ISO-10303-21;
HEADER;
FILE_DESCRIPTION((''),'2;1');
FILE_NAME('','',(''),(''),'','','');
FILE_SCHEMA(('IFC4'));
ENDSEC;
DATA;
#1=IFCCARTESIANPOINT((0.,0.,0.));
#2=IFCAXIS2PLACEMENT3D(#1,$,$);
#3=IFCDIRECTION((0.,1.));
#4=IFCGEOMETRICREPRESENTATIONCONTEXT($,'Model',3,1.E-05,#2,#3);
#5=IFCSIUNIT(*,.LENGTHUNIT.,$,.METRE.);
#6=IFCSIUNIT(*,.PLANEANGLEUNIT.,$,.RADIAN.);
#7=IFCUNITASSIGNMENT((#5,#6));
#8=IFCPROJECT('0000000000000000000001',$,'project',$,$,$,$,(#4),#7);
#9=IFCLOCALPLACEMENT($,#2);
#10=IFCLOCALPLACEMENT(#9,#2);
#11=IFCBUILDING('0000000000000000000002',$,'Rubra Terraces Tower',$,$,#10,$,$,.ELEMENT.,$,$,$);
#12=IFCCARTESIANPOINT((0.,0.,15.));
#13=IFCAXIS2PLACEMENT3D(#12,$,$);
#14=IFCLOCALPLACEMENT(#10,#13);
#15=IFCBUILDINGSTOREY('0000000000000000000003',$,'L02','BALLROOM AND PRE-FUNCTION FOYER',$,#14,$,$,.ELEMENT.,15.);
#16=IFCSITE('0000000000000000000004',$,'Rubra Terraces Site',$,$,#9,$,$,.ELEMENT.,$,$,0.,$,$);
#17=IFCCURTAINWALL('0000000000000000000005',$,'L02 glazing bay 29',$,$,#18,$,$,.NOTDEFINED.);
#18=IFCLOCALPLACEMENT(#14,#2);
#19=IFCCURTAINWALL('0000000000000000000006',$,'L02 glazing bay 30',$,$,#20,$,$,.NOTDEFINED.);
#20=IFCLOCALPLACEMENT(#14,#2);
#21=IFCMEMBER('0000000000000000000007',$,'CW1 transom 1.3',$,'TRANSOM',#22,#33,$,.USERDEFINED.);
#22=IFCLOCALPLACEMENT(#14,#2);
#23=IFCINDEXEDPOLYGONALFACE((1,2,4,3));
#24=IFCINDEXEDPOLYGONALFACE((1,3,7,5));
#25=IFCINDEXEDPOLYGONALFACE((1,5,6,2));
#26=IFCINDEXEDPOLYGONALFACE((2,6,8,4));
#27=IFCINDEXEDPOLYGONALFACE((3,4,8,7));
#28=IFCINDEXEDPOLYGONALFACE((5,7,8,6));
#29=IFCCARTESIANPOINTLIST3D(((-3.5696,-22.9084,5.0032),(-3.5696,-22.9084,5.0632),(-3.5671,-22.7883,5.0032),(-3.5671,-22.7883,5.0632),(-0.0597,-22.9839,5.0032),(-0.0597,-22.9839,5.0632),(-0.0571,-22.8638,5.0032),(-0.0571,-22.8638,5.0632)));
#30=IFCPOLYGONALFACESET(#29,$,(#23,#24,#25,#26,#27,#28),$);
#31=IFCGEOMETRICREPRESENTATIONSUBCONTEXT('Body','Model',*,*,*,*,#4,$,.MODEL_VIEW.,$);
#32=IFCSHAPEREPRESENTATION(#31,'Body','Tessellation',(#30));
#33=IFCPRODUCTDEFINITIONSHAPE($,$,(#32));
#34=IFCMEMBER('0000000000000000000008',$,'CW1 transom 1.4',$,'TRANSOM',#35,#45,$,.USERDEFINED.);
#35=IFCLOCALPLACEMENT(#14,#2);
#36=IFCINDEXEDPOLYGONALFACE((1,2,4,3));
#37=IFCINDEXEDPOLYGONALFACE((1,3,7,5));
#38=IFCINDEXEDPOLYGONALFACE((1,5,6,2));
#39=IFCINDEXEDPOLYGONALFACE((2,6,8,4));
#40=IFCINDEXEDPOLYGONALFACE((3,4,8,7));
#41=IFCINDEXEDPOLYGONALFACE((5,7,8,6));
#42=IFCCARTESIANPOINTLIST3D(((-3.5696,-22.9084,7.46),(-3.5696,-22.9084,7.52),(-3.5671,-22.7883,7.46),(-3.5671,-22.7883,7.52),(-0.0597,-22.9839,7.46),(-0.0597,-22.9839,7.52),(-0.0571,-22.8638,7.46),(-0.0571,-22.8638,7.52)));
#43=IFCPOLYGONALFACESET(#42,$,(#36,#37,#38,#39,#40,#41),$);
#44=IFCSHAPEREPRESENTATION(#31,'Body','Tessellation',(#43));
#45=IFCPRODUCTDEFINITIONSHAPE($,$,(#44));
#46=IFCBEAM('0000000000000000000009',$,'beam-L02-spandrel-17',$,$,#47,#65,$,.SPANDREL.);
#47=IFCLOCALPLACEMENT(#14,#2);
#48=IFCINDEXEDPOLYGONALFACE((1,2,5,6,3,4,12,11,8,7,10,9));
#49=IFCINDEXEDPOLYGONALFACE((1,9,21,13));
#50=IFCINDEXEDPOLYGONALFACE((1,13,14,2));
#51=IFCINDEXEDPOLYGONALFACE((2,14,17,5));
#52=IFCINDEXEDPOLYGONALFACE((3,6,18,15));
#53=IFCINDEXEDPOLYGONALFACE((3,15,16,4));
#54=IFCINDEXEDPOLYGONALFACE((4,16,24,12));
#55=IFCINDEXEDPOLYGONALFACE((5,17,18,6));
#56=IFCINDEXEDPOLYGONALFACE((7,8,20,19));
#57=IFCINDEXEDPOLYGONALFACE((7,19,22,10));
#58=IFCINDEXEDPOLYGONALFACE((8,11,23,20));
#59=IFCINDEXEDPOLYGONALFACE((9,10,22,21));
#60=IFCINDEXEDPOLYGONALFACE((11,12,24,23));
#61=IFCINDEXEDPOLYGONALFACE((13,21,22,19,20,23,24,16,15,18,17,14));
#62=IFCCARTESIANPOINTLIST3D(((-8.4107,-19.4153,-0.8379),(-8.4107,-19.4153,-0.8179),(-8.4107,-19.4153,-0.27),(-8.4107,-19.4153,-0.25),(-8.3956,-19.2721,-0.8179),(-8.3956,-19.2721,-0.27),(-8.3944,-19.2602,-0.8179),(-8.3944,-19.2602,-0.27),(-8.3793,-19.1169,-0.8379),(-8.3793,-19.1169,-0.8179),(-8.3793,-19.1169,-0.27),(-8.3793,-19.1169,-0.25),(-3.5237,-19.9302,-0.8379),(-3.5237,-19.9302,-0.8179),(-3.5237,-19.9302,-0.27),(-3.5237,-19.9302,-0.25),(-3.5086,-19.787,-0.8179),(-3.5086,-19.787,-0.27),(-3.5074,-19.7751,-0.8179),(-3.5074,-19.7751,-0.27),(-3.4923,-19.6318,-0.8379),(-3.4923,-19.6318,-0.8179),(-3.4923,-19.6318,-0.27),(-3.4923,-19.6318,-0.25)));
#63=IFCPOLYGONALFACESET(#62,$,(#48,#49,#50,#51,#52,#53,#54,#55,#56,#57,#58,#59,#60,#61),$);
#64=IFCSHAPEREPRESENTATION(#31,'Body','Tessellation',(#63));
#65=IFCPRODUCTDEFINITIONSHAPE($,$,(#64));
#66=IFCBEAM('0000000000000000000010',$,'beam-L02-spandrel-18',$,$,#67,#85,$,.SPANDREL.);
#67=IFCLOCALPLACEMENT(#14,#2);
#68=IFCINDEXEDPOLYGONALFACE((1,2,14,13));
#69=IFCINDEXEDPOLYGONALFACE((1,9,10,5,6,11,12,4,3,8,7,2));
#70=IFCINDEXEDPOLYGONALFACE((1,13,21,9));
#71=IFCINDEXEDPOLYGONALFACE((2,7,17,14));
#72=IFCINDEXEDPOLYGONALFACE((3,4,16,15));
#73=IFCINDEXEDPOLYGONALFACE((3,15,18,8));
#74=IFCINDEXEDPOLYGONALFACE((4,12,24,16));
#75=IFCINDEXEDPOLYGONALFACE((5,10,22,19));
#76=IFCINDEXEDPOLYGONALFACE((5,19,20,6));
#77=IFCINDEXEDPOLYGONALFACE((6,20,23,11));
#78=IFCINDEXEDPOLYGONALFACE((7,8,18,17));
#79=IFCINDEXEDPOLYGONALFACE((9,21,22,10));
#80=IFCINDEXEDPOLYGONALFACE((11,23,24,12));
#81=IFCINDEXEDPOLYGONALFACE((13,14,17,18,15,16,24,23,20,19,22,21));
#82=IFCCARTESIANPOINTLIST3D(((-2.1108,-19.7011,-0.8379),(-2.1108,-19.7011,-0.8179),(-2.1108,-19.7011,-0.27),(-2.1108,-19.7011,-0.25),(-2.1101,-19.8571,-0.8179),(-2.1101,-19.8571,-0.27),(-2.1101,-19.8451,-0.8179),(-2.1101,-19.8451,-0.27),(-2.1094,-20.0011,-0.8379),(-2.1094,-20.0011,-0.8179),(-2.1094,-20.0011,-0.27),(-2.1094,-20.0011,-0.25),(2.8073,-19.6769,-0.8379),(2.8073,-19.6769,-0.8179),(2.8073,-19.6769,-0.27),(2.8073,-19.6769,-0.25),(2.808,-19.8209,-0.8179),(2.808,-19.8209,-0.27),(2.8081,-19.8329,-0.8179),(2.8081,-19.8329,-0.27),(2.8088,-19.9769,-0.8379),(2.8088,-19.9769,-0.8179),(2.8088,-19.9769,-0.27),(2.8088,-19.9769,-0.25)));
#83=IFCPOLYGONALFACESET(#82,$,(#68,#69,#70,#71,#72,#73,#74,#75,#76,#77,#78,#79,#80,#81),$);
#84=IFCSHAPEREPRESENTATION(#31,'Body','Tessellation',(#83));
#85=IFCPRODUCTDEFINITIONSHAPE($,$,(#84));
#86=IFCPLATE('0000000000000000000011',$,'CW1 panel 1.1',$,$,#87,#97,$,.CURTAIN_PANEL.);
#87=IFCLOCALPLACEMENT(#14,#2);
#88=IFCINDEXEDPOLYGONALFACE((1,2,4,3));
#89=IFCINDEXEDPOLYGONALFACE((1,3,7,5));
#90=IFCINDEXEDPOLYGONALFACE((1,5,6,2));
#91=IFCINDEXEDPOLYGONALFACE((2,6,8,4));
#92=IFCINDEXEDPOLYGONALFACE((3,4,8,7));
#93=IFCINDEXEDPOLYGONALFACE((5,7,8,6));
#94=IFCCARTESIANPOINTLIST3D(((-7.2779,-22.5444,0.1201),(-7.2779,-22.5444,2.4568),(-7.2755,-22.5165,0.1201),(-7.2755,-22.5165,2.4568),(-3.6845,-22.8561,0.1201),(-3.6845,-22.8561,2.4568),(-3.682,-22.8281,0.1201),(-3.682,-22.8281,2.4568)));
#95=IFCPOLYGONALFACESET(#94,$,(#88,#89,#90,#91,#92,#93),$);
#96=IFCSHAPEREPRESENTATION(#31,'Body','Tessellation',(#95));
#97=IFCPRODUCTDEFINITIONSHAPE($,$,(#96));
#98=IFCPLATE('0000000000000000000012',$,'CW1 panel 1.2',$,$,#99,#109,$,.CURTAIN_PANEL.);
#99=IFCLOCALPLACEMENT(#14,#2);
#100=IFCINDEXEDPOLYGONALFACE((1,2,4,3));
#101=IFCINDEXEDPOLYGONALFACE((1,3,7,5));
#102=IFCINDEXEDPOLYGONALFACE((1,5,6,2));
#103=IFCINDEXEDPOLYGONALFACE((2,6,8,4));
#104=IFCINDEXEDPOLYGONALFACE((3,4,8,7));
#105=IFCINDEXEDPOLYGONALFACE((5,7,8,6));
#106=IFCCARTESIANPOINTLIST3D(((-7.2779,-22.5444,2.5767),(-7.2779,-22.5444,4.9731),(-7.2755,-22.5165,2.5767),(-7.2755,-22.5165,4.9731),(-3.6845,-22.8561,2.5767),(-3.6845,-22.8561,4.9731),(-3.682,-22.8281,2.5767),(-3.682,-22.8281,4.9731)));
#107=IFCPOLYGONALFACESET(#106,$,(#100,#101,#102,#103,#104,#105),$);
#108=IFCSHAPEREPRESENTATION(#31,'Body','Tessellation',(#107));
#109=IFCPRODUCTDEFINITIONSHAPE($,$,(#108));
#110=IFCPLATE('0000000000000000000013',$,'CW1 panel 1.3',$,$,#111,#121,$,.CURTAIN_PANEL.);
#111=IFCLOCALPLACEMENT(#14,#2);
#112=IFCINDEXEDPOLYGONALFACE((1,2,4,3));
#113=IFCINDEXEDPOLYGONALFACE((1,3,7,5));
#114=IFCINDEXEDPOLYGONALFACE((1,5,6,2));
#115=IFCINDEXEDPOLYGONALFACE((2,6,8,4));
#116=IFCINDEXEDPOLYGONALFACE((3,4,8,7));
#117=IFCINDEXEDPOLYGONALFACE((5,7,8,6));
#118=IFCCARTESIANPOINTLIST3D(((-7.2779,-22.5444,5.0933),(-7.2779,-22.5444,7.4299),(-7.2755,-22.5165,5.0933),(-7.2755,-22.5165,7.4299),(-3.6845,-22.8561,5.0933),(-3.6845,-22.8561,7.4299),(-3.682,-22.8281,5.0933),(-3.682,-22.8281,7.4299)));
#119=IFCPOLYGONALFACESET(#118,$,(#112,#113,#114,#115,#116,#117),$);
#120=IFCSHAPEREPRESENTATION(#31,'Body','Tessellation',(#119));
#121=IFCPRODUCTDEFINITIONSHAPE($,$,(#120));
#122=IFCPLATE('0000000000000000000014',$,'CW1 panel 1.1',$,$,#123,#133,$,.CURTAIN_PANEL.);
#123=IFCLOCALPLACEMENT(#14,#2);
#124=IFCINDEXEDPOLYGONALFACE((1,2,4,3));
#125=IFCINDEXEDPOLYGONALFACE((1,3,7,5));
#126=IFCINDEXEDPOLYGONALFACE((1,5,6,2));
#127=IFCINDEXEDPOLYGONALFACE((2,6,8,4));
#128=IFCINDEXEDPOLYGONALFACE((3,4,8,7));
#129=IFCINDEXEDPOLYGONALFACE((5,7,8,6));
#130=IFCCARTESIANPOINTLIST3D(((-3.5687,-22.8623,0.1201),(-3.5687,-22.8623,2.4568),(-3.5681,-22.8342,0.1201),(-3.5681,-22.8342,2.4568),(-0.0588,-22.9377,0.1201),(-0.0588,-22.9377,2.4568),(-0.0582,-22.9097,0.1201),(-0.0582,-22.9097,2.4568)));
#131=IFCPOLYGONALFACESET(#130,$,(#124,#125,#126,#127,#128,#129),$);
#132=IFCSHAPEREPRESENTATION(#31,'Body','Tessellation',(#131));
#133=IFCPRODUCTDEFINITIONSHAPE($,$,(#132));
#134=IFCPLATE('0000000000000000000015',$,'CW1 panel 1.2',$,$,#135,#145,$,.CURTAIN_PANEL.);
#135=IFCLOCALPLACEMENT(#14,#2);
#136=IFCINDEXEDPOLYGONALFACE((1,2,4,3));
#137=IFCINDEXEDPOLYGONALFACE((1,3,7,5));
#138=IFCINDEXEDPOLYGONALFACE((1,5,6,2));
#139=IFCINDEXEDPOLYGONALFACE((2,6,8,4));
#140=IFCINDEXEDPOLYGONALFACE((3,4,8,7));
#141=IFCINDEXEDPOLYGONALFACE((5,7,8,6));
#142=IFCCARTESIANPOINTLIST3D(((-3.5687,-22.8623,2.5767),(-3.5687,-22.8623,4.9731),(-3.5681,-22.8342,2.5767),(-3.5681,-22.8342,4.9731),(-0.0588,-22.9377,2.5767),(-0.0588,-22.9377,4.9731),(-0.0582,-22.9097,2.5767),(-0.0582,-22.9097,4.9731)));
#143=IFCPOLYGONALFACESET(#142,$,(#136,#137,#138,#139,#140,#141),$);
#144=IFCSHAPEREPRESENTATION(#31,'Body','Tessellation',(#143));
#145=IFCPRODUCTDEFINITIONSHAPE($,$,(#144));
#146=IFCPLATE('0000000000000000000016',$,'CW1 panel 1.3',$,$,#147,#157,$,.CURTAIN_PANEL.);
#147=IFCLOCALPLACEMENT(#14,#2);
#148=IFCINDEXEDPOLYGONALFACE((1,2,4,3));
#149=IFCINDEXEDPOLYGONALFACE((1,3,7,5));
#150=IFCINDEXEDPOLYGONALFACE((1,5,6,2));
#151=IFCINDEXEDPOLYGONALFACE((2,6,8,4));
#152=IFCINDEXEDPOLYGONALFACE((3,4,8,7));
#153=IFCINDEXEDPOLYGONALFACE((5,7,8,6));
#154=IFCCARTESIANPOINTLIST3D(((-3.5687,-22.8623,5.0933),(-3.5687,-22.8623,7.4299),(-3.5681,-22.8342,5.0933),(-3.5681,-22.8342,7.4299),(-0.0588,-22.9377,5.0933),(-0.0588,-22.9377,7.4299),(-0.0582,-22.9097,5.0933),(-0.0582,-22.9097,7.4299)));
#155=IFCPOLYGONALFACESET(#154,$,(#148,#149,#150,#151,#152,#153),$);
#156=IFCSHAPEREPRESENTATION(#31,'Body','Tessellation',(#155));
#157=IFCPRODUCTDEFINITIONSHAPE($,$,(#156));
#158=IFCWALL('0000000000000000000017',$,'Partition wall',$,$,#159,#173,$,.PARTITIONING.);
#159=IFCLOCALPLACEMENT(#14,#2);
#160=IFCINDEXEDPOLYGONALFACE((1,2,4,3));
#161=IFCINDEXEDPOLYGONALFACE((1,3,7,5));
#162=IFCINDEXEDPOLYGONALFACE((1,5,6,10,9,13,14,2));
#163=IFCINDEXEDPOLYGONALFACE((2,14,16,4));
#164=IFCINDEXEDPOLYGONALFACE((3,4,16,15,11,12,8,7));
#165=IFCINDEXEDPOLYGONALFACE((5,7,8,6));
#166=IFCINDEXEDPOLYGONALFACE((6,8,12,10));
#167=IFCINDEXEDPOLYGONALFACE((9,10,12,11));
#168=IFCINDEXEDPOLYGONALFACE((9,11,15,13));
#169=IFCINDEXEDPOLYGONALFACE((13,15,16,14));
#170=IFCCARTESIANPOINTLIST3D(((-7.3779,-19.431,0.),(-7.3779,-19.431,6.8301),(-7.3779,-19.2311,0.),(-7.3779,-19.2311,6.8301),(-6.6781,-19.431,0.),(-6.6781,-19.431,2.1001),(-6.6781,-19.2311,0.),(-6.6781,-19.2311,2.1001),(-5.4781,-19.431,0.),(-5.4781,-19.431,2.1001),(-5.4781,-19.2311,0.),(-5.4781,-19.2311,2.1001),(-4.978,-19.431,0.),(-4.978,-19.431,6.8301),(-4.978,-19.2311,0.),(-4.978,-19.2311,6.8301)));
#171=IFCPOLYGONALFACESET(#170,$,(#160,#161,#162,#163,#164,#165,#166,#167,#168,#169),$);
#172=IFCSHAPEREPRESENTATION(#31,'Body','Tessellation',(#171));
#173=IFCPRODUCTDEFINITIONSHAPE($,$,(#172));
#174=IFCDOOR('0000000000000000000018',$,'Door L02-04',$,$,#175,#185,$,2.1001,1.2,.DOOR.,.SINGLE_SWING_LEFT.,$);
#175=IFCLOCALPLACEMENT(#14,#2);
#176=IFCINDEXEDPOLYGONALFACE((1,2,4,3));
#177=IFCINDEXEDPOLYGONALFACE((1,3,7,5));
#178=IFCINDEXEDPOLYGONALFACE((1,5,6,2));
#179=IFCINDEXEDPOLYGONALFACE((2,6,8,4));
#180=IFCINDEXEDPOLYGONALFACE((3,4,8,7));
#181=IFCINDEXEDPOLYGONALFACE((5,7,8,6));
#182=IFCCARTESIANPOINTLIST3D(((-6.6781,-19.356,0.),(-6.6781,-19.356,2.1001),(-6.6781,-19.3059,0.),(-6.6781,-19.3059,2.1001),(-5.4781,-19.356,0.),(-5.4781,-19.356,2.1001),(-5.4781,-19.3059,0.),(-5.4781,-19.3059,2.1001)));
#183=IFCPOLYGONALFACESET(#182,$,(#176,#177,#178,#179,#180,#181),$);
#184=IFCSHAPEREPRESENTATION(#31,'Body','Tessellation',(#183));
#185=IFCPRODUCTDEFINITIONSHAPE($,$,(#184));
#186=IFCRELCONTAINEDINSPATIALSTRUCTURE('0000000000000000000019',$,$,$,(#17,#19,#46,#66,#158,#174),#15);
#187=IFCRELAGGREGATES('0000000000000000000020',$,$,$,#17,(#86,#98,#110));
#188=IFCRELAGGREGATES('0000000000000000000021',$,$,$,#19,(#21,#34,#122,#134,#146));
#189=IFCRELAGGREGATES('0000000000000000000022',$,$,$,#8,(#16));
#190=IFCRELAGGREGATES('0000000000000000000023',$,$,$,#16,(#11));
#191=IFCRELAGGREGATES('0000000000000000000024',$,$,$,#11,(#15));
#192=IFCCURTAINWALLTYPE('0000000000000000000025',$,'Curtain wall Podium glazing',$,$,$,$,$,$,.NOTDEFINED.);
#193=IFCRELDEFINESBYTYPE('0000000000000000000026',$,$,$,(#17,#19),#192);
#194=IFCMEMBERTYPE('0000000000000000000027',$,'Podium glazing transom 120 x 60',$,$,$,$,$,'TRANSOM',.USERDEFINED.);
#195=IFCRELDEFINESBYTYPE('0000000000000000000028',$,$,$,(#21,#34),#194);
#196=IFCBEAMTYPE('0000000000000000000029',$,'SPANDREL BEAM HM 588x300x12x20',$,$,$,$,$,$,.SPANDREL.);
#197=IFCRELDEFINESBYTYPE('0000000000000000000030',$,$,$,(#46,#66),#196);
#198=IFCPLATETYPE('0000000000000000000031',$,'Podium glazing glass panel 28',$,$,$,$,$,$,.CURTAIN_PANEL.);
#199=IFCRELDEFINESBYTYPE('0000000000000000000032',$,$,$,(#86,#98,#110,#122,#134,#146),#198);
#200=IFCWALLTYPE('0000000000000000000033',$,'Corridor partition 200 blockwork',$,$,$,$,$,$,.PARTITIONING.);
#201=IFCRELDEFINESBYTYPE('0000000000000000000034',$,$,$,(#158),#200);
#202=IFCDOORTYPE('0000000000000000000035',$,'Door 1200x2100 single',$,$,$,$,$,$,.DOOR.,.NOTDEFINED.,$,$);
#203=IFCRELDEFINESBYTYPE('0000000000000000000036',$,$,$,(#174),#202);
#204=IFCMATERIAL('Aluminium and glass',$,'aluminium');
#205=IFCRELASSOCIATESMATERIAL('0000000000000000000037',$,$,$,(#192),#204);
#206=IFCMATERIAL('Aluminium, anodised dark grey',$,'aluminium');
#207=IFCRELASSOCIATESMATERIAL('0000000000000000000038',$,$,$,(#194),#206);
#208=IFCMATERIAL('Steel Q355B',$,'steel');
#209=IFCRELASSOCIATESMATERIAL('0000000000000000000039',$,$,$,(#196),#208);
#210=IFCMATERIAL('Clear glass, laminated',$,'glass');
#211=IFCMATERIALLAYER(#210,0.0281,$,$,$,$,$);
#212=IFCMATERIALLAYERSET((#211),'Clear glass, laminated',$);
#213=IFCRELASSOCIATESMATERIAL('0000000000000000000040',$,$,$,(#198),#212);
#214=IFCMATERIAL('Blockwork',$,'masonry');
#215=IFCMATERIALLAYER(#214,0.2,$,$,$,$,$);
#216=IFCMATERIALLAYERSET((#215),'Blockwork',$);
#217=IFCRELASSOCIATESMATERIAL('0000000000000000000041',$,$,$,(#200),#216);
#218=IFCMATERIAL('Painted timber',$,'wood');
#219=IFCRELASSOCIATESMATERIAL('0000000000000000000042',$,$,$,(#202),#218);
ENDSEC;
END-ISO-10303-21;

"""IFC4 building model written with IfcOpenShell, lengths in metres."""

from ifc_helpers import new_model, si_unit, direction, frame, frame_2d, origin, origin_2d, place, context, subcontext, project, spatial, rectangle, i_section, extrude, material, layer, layer_set, material_profile, profile_set, type_object, element, fill, aggregate, save


model = new_model("IFC4")

# Units and contexts
model_context = context("Model", 3, precision=1e-05, world=origin(), true_north=direction((0.0, 1.0)))
body_context = subcontext(model_context, "Body", "Model", "MODEL_VIEW")
ifc_project = project(units=[si_unit("LENGTHUNIT", "METRE"), si_unit("PLANEANGLEUNIT", "RADIAN")], contexts=[model_context])

# Site, building, storey
site_placement = place(None, origin())
site = spatial("IfcSite", under=ifc_project, at=site_placement, Name="Rubra Terraces Site", CompositionType="ELEMENT", RefElevation=0.0)
building_placement = place(site_placement, origin())
building = spatial("IfcBuilding", under=site, at=building_placement, Name="Rubra Terraces Tower", CompositionType="ELEMENT")
storey_placement = place(building_placement, frame((0.0, 0.0, 15.0)))
storey = spatial("IfcBuildingStorey", under=building, at=storey_placement, Name="L02", Description="BALLROOM AND PRE-FUNCTION FOYER", CompositionType="ELEMENT", Elevation=15.0)

# Shared definitions
ifc_material_1 = material(Name="Steel Q355B", Category="steel")

# Curtain walls
ifc_material_2 = material(Name="Aluminium and glass", Category="aluminium")
curtain_wall_type = type_object("IfcCurtainWallType", Name="Curtain wall Podium glazing", PredefinedType="NOTDEFINED", material=ifc_material_2)
curtain_wall_1_placement = place(storey_placement, origin())
curtain_wall_1 = element("IfcCurtainWall", 1, at=curtain_wall_1_placement, inside=storey, type_object=curtain_wall_type, Name="L02 glazing bay 29", PredefinedType="NOTDEFINED")
ifc_material_3 = material(Name="Aluminium, anodised dark grey", Category="aluminium")
curtain_wall_2_placement = place(storey_placement, origin())
curtain_wall_2 = element("IfcCurtainWall", 2, at=curtain_wall_2_placement, inside=storey, type_object=curtain_wall_type, Name="L02 glazing bay 30", PredefinedType="NOTDEFINED")

# Members
ifc_material_profile_1 = material_profile(ifc_material_3, rectangle(XDim=0.1201, YDim=0.0601, at=origin_2d()), Name="AL 120x60")
ifc_profile_set_1 = profile_set([ifc_material_profile_1], Name="Aluminium, anodised dark grey")
member_type_1 = type_object("IfcMemberType", Name="Podium glazing transom 120 x 60", ElementType="TRANSOM", PredefinedType="USERDEFINED", material=ifc_profile_set_1)
member_1_placement = place(storey_placement, frame((-3.5684, -22.8484, 5.0332), z_axis=(0.999769, -0.021488, 0.0), x_axis=(0.021488, 0.999769, 0.0)))
member_1 = element("IfcMember", 3, at=member_1_placement, type_object=member_type_1, Name="CW1 transom 1.3", ObjectType="TRANSOM", PredefinedType="USERDEFINED", context=body_context, shape_type="SweptSolid", body=[
    extrude(rectangle(XDim=0.1201, YDim=0.0601, at=origin_2d()), origin(), (0.0, 0.0, 1.0), 3.5107),
])
member_2_placement = place(storey_placement, frame((-3.5684, -22.8484, 7.49), z_axis=(0.999769, -0.021488, 0.0), x_axis=(0.021488, 0.999769, 0.0)))
member_2 = element("IfcMember", 4, at=member_2_placement, type_object=member_type_1, Name="CW1 transom 1.4", ObjectType="TRANSOM", PredefinedType="USERDEFINED", context=body_context, shape_type="SweptSolid", body=[
    extrude(rectangle(XDim=0.1201, YDim=0.0601, at=origin_2d()), origin(), (0.0, 0.0, 1.0), 3.5107),
])

# Beams
ifc_material_profile_2 = material_profile(ifc_material_1, i_section(OverallWidth=0.3, OverallDepth=0.5879, WebThickness=0.012, FlangeThickness=0.02, at=origin_2d()), Name="HM 588x300x12x20")
ifc_profile_set_2 = profile_set([ifc_material_profile_2], Name="Steel Q355B")
beam_type_1 = type_object("IfcBeamType", Name="SPANDREL BEAM HM 588x300x12x20", PredefinedType="SPANDREL", material=ifc_profile_set_2)
beam_1_placement = place(storey_placement, frame((-8.395, -19.2661, -0.5439), z_axis=(0.994495, -0.10478, 0.0), x_axis=(0.10478, 0.994495, 0.0)))
element("IfcBeam", 5, at=beam_1_placement, inside=storey, type_object=beam_type_1, Name="beam-L02-spandrel-17", PredefinedType="SPANDREL", context=body_context, shape_type="SweptSolid", body=[
    extrude(i_section(OverallWidth=0.3, OverallDepth=0.5879, WebThickness=0.012, FlangeThickness=0.02, at=origin_2d()), origin(), (0.0, 0.0, 1.0), 4.9141),
])
beam_2_placement = place(storey_placement, frame((-2.1101, -19.8511, -0.5439), z_axis=(0.999988, 0.004914, 0.0), x_axis=(-0.004914, 0.999988, 0.0)))
element("IfcBeam", 6, at=beam_2_placement, inside=storey, type_object=beam_type_1, Name="beam-L02-spandrel-18", PredefinedType="SPANDREL", context=body_context, shape_type="SweptSolid", body=[
    extrude(i_section(OverallWidth=0.3, OverallDepth=0.5879, WebThickness=0.012, FlangeThickness=0.02, at=origin_2d()), origin(), (0.0, 0.0, 1.0), 4.9182),
])

# Plates
ifc_material_4 = material(Name="Clear glass, laminated", Category="glass")
ifc_layer_1 = layer(ifc_material_4, 0.0281)
ifc_layer_set_1 = layer_set([ifc_layer_1], Name="Clear glass, laminated")
plate_type = type_object("IfcPlateType", Name="Podium glazing glass panel 28", PredefinedType="CURTAIN_PANEL", material=ifc_layer_set_1)
plate_1_placement = place(storey_placement, frame((-5.48, -22.6863, 0.1201), z_axis=(0.0, 0.0, 1.0), x_axis=(0.996261, -0.086398, 0.0)))
plate_1 = element("IfcPlate", 7, at=plate_1_placement, type_object=plate_type, Name="CW1 panel 1.1", PredefinedType="CURTAIN_PANEL", context=body_context, shape_type="SweptSolid", body=[
    extrude(rectangle(XDim=3.6069, YDim=0.0281, at=origin_2d()), origin(), (0.0, 0.0, 1.0), 2.3367),
])
plate_2_placement = place(storey_placement, frame((-5.48, -22.6863, 2.5767), z_axis=(0.0, 0.0, 1.0), x_axis=(0.996261, -0.086398, 0.0)))
plate_2 = element("IfcPlate", 8, at=plate_2_placement, type_object=plate_type, Name="CW1 panel 1.2", PredefinedType="CURTAIN_PANEL", context=body_context, shape_type="SweptSolid", body=[
    extrude(rectangle(XDim=3.6069, YDim=0.0281, at=origin_2d()), origin(), (0.0, 0.0, 1.0), 2.3965),
])
plate_3_placement = place(storey_placement, frame((-5.48, -22.6863, 5.0933), z_axis=(0.0, 0.0, 1.0), x_axis=(0.996261, -0.086398, 0.0)))
plate_3 = element("IfcPlate", 9, at=plate_3_placement, type_object=plate_type, Name="CW1 panel 1.3", PredefinedType="CURTAIN_PANEL", context=body_context, shape_type="SweptSolid", body=[
    extrude(rectangle(XDim=3.6069, YDim=0.0281, at=origin_2d()), origin(), (0.0, 0.0, 1.0), 2.3367),
])
aggregate(curtain_wall_1, [plate_1, plate_2, plate_3])
plate_4_placement = place(storey_placement, frame((-1.8135, -22.886, 0.1201), z_axis=(0.0, 0.0, 1.0), x_axis=(0.999769, -0.021483, 0.0)))
plate_4 = element("IfcPlate", 10, at=plate_4_placement, type_object=plate_type, Name="CW1 panel 1.1", PredefinedType="CURTAIN_PANEL", context=body_context, shape_type="SweptSolid", body=[
    extrude(rectangle(XDim=3.5107, YDim=0.0281, at=origin_2d()), origin(), (0.0, 0.0, 1.0), 2.3367),
])
plate_5_placement = place(storey_placement, frame((-1.8135, -22.886, 2.5767), z_axis=(0.0, 0.0, 1.0), x_axis=(0.999769, -0.021483, 0.0)))
plate_5 = element("IfcPlate", 11, at=plate_5_placement, type_object=plate_type, Name="CW1 panel 1.2", PredefinedType="CURTAIN_PANEL", context=body_context, shape_type="SweptSolid", body=[
    extrude(rectangle(XDim=3.5107, YDim=0.0281, at=origin_2d()), origin(), (0.0, 0.0, 1.0), 2.3965),
])
plate_6_placement = place(storey_placement, frame((-1.8135, -22.886, 5.0933), z_axis=(0.0, 0.0, 1.0), x_axis=(0.999769, -0.021483, 0.0)))
plate_6 = element("IfcPlate", 12, at=plate_6_placement, type_object=plate_type, Name="CW1 panel 1.3", PredefinedType="CURTAIN_PANEL", context=body_context, shape_type="SweptSolid", body=[
    extrude(rectangle(XDim=3.5107, YDim=0.0281, at=origin_2d()), origin(), (0.0, 0.0, 1.0), 2.3367),
])
aggregate(curtain_wall_2, [member_1, member_2, plate_4, plate_5, plate_6])

# Wall, opening, door
ifc_material_5 = material(Name="Blockwork", Category="masonry")
ifc_layer_2 = layer(ifc_material_5, 0.2)
ifc_layer_set_2 = layer_set([ifc_layer_2], Name="Blockwork")
wall_type = type_object("IfcWallType", Name="Corridor partition 200 blockwork", PredefinedType="PARTITIONING", material=ifc_layer_set_2)
wall_1_placement = place(storey_placement, frame((-4.978, -19.3311, 0.0), z_axis=(0.0, 0.0, 1.0), x_axis=(-1.0, 0.0, 0.0)))
wall_1 = element("IfcWall", 13, at=wall_1_placement, inside=storey, type_object=wall_type, Name="Partition wall", PredefinedType="PARTITIONING", context=body_context, shape_type="SweptSolid", body=[
    extrude(rectangle(XDim=2.3999, YDim=0.2, at=frame_2d((1.2, 0.0))), origin(), (0.0, 0.0, 1.0), 6.8301),
])
opening_placement = place(wall_1_placement, frame((0.5, 0.0, 0.0)))
opening = element("IfcOpeningElement", 14, at=opening_placement, cuts=wall_1, PredefinedType="OPENING", context=body_context, shape_type="SweptSolid", body=[
    extrude(rectangle(XDim=1.2, YDim=2.1001, at=frame_2d((0.6001, 1.05))), frame((0.0, 0.1099, 0.0), z_axis=(0.0, -1.0, 0.0), x_axis=(1.0, 0.0, 0.0)), (0.0, 0.0, 1.0), 0.22),
])
ifc_material_6 = material(Name="Painted timber", Category="wood")
door_type = type_object("IfcDoorType", Name="Door 1200x2100 single", OperationType="NOTDEFINED", PredefinedType="DOOR", material=ifc_material_6)
door_placement = place(opening_placement, origin())
door = element("IfcDoor", 15, at=door_placement, inside=storey, type_object=door_type, Name="Door L02-04", OperationType="SINGLE_SWING_LEFT", OverallHeight=2.1001, OverallWidth=1.2, PredefinedType="DOOR", context=body_context, shape_type="SweptSolid", body=[
    extrude(rectangle(XDim=1.2, YDim=2.1001, at=frame_2d((0.6001, 1.05))), frame((0.0, 0.0249, 0.0), z_axis=(0.0, -1.0, 0.0), x_axis=(1.0, 0.0, 0.0)), (0.0, 0.0, 1.0), 0.05),
])
fill(opening, door)

save(model, "model.ifc")
